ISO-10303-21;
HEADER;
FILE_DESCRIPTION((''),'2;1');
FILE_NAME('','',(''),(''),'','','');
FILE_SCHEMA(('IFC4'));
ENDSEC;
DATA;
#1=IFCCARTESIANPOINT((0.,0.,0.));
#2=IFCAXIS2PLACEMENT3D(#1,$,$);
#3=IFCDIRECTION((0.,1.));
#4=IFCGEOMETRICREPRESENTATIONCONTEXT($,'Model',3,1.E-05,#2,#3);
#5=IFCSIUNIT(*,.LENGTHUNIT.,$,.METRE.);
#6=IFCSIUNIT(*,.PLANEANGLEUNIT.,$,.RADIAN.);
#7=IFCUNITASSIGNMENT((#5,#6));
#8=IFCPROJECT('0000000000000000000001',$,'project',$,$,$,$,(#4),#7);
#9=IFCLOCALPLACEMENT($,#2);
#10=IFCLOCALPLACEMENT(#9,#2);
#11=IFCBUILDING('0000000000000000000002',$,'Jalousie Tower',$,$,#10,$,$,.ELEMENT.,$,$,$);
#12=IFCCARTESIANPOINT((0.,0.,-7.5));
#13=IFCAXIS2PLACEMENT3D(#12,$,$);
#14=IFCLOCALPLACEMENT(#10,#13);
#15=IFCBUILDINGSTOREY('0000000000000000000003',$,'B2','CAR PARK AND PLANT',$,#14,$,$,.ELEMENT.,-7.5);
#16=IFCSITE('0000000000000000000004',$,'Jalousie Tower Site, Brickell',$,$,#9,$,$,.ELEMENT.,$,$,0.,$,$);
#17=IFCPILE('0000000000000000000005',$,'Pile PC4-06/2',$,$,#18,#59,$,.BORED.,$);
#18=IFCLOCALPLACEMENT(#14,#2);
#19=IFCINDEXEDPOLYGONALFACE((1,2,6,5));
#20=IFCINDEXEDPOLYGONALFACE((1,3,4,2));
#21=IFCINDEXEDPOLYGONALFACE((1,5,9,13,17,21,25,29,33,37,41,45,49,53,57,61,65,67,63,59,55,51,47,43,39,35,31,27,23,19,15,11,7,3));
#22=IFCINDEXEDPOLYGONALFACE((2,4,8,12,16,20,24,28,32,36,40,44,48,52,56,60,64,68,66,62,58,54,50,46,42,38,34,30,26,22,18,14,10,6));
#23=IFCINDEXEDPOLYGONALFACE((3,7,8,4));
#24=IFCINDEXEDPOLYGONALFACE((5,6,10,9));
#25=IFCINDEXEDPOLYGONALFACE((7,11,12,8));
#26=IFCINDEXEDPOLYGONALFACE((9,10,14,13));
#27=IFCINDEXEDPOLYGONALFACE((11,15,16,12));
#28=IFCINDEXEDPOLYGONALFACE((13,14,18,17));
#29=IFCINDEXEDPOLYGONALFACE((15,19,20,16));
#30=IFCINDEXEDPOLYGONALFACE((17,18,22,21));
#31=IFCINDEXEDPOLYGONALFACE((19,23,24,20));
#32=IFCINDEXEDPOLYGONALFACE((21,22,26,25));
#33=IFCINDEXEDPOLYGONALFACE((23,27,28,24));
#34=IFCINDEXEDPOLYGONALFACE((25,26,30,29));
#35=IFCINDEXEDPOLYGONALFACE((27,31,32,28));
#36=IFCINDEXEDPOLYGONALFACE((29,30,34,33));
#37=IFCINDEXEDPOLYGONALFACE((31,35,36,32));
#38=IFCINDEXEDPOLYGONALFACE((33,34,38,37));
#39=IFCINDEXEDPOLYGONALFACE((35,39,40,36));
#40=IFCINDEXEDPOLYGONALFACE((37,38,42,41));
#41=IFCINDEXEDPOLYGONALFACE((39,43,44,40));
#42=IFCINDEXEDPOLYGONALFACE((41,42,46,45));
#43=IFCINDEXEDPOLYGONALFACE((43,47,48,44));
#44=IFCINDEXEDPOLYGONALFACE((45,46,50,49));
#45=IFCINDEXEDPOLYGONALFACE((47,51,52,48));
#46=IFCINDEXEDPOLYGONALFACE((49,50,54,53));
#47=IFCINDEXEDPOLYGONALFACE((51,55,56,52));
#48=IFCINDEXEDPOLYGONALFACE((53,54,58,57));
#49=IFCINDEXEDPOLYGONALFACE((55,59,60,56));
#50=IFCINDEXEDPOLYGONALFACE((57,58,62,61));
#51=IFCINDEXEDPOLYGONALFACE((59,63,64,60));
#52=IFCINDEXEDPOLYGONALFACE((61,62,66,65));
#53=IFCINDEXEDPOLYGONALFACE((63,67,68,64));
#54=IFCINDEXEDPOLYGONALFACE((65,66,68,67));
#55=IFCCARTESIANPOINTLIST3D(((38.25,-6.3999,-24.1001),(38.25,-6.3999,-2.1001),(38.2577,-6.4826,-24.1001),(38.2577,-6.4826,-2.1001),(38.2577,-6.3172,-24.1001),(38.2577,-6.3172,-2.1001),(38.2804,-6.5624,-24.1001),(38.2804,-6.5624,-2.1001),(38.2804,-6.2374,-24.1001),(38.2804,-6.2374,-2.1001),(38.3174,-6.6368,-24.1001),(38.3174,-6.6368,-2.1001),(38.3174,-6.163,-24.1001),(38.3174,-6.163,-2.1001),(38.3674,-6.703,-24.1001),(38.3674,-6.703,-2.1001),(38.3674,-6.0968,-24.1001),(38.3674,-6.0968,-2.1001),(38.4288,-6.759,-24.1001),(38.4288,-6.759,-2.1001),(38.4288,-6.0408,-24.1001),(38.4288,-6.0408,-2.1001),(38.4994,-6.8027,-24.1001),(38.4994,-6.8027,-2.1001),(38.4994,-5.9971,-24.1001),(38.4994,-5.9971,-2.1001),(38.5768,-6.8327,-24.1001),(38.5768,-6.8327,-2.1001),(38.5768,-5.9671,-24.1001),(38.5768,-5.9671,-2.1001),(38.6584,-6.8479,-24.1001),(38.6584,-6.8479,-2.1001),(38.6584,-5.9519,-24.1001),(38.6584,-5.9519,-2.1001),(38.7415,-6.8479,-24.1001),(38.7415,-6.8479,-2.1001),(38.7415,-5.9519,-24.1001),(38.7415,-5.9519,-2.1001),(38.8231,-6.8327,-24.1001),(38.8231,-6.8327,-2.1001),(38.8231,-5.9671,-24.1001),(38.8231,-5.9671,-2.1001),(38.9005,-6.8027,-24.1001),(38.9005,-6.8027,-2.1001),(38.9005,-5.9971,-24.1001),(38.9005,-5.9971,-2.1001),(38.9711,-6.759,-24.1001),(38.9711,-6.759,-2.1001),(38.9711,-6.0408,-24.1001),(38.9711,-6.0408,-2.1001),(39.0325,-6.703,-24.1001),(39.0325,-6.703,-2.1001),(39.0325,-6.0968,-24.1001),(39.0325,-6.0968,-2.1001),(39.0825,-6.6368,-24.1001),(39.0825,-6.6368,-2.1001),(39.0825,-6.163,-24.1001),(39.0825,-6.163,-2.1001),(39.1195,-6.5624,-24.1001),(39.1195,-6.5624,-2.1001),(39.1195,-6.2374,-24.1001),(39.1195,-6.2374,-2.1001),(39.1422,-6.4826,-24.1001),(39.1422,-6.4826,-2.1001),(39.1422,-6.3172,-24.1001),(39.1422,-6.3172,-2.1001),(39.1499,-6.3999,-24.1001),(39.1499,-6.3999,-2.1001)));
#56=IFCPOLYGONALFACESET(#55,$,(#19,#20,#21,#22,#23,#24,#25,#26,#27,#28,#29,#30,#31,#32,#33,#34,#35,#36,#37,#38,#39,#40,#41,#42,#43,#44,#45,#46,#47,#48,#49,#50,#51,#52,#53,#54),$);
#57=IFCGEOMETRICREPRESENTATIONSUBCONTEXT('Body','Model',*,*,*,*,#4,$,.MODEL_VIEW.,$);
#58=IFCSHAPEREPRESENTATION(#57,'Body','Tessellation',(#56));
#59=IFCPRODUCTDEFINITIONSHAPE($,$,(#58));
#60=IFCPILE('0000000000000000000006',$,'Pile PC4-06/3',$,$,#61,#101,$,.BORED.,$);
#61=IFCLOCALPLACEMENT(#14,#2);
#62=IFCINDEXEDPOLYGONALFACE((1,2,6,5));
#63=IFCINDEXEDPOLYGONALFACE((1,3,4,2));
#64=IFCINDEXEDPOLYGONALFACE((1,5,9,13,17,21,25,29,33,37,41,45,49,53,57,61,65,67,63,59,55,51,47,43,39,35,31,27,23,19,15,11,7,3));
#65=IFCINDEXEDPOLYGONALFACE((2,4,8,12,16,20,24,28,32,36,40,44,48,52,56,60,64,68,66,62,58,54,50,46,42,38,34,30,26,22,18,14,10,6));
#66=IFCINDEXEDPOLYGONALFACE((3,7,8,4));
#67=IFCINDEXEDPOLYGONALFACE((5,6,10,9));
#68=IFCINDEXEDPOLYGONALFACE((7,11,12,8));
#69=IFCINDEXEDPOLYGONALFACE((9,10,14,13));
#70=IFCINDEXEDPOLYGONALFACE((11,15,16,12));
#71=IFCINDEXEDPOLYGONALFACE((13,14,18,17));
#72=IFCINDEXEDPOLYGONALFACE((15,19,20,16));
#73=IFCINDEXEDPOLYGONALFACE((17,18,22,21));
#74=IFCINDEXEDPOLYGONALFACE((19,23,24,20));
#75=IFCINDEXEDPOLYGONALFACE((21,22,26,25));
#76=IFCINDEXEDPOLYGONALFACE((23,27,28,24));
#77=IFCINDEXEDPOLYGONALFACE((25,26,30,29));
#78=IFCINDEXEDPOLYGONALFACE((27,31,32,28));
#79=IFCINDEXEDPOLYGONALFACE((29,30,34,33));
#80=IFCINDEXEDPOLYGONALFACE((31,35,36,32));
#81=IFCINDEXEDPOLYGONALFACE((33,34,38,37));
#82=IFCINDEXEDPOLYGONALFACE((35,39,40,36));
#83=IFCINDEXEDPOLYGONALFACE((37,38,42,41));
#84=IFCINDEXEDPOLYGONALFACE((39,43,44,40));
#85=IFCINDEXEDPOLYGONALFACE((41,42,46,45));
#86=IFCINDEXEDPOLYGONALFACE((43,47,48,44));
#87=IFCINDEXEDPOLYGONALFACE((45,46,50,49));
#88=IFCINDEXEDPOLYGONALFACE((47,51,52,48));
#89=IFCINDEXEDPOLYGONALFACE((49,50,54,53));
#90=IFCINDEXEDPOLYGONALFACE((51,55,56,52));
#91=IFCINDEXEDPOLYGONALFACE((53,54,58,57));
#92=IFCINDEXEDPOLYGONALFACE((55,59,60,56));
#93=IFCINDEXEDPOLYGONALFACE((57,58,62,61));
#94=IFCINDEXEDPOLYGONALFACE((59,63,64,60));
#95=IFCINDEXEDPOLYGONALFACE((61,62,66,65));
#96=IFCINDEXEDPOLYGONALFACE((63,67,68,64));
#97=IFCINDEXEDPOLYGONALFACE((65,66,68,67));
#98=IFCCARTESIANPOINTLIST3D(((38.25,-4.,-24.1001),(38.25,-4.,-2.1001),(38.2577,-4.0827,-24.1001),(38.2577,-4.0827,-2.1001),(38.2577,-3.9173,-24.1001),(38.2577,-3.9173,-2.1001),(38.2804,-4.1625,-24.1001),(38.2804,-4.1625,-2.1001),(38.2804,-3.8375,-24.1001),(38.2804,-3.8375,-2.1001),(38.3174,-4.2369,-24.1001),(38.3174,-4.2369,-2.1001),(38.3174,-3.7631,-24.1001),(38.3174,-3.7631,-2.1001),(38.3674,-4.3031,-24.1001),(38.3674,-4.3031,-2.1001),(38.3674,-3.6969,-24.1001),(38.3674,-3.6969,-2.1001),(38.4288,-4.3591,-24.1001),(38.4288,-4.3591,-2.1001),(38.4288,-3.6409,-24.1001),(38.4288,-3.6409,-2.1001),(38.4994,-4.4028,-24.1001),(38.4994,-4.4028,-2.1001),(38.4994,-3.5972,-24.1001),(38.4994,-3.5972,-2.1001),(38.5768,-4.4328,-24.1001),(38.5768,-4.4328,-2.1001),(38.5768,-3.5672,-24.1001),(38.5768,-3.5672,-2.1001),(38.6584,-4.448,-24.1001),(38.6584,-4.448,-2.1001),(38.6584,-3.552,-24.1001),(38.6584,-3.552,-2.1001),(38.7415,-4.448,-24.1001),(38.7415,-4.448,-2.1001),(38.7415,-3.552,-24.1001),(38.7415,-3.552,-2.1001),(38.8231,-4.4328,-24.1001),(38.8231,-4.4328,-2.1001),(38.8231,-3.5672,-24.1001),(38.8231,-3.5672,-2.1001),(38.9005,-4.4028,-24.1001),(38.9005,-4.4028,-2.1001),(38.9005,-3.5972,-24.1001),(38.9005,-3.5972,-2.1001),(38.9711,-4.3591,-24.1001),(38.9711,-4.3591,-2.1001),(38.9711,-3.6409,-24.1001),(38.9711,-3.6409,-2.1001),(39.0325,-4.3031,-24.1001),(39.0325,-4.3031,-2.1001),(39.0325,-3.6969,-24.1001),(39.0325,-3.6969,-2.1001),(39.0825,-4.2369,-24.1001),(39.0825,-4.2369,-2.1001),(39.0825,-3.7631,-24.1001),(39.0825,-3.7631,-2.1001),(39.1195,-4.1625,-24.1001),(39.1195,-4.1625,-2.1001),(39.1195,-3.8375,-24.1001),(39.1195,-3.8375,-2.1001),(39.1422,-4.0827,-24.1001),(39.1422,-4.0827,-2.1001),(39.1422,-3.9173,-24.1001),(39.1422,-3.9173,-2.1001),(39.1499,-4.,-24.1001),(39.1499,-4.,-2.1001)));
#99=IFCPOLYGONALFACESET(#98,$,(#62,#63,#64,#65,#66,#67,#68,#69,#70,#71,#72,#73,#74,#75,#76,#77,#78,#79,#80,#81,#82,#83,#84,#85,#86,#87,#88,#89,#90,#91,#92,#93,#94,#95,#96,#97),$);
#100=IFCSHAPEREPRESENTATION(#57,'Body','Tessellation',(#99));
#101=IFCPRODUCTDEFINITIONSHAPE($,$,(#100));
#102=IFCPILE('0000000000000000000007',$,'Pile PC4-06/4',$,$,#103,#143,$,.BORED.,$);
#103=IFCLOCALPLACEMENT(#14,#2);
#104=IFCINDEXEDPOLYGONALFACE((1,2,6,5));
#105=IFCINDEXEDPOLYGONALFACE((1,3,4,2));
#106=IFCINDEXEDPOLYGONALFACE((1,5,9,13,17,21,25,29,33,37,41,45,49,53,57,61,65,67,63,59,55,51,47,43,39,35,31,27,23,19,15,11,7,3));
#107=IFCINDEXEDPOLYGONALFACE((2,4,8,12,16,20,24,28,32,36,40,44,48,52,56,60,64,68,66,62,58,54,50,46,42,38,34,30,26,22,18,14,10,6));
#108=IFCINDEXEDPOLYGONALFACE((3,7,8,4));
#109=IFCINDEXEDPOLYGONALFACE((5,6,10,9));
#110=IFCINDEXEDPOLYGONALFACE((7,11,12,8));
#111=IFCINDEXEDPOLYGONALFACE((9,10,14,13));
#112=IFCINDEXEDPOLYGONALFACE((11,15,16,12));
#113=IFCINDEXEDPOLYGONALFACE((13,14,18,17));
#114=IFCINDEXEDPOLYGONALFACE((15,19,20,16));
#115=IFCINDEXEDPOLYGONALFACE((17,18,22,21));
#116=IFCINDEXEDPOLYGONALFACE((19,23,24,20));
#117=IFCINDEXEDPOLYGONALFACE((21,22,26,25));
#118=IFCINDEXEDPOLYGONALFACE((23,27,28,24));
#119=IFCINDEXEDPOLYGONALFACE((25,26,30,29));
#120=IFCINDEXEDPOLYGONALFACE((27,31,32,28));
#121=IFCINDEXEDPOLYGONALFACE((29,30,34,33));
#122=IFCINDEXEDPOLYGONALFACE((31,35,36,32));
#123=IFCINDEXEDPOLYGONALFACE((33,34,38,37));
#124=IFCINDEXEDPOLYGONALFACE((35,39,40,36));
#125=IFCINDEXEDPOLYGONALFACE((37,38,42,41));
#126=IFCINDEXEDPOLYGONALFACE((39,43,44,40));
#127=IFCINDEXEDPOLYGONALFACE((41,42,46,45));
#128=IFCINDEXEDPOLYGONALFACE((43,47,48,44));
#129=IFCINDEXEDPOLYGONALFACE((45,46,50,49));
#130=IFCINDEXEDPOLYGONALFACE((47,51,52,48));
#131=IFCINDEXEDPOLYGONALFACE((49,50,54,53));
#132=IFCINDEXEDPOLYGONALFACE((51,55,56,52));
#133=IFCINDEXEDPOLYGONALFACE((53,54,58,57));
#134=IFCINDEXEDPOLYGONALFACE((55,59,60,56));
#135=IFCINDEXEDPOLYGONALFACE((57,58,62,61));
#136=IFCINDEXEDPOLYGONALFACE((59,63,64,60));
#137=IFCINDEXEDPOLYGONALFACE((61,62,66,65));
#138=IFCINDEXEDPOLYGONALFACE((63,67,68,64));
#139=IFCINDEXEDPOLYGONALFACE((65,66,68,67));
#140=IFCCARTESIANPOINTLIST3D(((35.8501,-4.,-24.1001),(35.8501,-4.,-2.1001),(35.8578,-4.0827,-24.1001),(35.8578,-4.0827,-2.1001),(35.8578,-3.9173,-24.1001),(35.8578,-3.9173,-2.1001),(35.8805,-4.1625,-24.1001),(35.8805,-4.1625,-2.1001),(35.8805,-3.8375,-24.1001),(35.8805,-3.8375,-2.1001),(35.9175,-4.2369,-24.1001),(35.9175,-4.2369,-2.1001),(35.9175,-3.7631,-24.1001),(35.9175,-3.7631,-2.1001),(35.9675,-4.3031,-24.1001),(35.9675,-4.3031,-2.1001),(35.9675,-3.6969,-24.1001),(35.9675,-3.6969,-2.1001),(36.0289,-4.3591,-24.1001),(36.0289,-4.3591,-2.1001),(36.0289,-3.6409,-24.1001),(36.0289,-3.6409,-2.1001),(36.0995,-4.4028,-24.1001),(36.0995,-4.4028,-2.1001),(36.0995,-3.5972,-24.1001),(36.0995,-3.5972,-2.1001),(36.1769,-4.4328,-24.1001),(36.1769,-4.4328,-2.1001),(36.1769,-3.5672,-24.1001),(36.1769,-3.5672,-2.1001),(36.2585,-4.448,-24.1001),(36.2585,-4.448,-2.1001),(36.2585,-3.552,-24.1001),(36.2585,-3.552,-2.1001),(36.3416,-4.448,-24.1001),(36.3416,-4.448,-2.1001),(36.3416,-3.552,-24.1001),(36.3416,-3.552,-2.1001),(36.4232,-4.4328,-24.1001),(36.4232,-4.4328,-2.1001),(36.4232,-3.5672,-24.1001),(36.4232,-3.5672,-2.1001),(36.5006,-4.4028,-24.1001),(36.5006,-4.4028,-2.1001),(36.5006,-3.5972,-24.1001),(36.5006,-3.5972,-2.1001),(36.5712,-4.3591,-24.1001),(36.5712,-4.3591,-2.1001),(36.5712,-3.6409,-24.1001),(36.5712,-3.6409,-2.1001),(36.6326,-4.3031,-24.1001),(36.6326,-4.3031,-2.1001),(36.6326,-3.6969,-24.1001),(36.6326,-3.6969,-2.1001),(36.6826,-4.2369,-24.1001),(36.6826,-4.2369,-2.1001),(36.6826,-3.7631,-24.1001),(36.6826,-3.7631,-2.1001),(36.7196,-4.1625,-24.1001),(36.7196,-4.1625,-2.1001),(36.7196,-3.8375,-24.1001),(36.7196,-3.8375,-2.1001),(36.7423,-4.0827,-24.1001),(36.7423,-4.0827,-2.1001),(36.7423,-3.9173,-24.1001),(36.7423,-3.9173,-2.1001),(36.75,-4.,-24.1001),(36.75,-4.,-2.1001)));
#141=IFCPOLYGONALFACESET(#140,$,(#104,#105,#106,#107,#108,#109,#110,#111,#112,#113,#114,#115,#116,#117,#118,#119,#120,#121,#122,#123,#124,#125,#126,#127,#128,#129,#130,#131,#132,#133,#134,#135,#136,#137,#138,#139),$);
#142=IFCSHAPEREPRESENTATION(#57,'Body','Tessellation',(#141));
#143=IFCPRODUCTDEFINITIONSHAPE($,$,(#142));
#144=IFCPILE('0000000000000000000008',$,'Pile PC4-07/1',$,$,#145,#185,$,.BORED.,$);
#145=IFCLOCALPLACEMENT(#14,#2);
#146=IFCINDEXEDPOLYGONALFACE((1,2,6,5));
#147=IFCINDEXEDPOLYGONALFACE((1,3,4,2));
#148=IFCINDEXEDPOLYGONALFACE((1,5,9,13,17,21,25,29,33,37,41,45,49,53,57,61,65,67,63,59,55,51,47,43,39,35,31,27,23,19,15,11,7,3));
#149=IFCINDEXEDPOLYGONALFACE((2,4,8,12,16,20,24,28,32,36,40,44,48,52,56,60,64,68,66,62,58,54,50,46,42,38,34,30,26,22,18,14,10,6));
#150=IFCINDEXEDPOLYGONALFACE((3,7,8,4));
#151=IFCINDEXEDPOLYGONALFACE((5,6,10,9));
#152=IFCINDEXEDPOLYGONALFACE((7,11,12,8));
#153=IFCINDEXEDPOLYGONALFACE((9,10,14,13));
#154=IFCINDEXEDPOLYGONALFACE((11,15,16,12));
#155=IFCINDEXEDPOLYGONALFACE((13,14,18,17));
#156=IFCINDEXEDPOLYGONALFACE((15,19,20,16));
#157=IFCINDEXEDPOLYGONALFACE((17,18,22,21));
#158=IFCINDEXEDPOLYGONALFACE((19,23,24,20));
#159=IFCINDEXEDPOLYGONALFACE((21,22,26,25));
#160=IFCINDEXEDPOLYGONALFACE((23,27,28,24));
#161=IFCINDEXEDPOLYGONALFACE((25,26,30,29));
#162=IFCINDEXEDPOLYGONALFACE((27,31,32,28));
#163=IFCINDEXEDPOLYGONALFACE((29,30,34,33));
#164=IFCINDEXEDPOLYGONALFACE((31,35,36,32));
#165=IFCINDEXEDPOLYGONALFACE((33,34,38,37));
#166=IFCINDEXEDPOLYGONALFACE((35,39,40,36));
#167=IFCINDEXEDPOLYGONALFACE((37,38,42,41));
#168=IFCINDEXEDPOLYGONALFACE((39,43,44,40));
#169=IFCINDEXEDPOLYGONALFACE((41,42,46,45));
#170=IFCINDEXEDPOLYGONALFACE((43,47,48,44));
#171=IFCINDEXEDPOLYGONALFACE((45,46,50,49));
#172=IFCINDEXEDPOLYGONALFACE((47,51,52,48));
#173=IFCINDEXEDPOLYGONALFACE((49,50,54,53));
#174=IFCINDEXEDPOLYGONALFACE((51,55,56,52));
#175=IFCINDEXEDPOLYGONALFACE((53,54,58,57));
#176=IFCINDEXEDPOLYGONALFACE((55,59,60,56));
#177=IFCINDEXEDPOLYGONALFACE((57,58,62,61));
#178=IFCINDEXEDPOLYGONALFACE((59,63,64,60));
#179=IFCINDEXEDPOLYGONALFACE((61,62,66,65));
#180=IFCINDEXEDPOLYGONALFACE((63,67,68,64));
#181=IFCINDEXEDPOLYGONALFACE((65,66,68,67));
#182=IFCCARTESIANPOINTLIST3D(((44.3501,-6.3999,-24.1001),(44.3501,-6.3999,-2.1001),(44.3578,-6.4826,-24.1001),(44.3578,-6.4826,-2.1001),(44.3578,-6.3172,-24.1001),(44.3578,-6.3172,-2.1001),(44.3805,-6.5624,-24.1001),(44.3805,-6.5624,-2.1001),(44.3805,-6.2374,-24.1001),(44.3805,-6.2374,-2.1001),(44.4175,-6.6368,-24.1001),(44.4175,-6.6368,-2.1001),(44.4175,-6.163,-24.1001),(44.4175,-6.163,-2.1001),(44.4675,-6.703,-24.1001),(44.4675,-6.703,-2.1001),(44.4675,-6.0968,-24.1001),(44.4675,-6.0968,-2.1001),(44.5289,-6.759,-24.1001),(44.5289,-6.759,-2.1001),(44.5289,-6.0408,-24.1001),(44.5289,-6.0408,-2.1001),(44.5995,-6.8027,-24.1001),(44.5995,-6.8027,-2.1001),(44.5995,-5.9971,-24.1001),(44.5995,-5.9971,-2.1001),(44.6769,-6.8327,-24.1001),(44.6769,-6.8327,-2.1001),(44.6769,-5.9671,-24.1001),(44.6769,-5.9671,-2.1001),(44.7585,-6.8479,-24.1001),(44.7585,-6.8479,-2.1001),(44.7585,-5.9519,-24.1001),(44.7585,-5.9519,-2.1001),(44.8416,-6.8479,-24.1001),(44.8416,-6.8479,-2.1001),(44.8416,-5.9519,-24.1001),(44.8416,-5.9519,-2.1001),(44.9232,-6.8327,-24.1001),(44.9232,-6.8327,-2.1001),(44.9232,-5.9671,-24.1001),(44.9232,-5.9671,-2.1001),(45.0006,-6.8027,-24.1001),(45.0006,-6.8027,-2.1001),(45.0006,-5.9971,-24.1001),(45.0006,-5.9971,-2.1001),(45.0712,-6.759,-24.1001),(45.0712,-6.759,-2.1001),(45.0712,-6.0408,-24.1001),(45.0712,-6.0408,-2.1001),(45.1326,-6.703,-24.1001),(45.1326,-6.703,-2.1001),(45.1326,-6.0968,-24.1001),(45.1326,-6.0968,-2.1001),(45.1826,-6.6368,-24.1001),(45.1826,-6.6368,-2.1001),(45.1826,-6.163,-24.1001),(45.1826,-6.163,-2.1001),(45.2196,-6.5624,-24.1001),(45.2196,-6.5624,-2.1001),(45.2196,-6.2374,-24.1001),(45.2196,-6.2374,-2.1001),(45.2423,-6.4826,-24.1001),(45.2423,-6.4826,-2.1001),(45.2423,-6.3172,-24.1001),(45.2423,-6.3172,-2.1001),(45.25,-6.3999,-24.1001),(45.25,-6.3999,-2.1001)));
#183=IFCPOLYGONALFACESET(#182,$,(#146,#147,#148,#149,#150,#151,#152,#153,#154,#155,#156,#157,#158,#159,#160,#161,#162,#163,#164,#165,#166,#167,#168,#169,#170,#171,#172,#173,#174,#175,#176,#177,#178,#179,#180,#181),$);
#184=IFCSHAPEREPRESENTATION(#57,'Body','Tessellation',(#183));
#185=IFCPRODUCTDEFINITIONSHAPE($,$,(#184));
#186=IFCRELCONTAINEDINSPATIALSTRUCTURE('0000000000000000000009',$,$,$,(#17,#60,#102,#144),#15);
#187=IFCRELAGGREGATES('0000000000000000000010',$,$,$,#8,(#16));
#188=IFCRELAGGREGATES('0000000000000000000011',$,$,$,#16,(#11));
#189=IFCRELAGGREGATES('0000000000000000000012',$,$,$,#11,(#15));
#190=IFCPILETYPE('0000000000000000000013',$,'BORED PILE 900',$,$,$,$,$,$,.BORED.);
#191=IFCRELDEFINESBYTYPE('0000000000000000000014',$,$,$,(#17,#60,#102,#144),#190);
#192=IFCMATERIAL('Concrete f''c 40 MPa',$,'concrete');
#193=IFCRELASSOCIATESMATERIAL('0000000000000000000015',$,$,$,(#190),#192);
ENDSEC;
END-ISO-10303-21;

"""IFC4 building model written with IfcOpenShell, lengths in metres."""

from ifc_helpers import new_model, si_unit, direction, frame, origin, origin_2d, place, context, subcontext, project, spatial, circle, extrude, material, material_profile, profile_set, type_object, element, save


model = new_model("IFC4")

# Units and contexts
model_context = context("Model", 3, precision=1e-05, world=origin(), true_north=direction((0.0, 1.0)))
body_context = subcontext(model_context, "Body", "Model", "MODEL_VIEW")
ifc_project = project(units=[si_unit("LENGTHUNIT", "METRE"), si_unit("PLANEANGLEUNIT", "RADIAN")], contexts=[model_context])

# Site, building, storey
site_placement = place(None, origin())
site = spatial("IfcSite", under=ifc_project, at=site_placement, Name="Jalousie Tower Site, Brickell", CompositionType="ELEMENT", RefElevation=0.0)
building_placement = place(site_placement, origin())
building = spatial("IfcBuilding", under=site, at=building_placement, Name="Jalousie Tower", CompositionType="ELEMENT")
storey_placement = place(building_placement, frame((0.0, 0.0, -7.5)))
storey = spatial("IfcBuildingStorey", under=building, at=storey_placement, Name="B2", Description="CAR PARK AND PLANT", CompositionType="ELEMENT", Elevation=-7.5)

# Piles
ifc_material_1 = material(Name="Concrete f'c 40 MPa", Category="concrete")
ifc_material_profile_1 = material_profile(ifc_material_1, circle(Radius=0.45, at=origin_2d()), Name="BORED PILE D900")
ifc_profile_set_1 = profile_set([ifc_material_profile_1], Name="Concrete f'c 40 MPa")
pile_type_1 = type_object("IfcPileType", Name="BORED PILE 900", PredefinedType="BORED", material=ifc_profile_set_1)
for number, where, z_axis, x_axis, name in (
    (1, (38.7, -6.3999, -2.1001), (0.0, 0.0, -1.0), (1.0, 0.0, 0.0), "Pile PC4-06/2"),
    (2, (38.7, -4.0, -2.1001), (0.0, 0.0, -1.0), (1.0, 0.0, 0.0), "Pile PC4-06/3"),
    (3, (36.3, -4.0, -2.1001), (0.0, 0.0, -1.0), (1.0, 0.0, 0.0), "Pile PC4-06/4"),
    (4, (44.8, -6.3999, -2.1001), (0.0, 0.0, -1.0), (1.0, 0.0, 0.0), "Pile PC4-07/1"),
):
    element("IfcPile", number, at=place(storey_placement, frame(where, z_axis=z_axis, x_axis=x_axis)), inside=storey, type_object=pile_type_1, Name=name, PredefinedType="BORED", context=body_context, shape_type="SweptSolid", body=[
        extrude(circle(Radius=0.45, at=origin_2d()), origin(), (0.0, 0.0, 1.0), 22.0),
    ])

save(model, "model.ifc")
